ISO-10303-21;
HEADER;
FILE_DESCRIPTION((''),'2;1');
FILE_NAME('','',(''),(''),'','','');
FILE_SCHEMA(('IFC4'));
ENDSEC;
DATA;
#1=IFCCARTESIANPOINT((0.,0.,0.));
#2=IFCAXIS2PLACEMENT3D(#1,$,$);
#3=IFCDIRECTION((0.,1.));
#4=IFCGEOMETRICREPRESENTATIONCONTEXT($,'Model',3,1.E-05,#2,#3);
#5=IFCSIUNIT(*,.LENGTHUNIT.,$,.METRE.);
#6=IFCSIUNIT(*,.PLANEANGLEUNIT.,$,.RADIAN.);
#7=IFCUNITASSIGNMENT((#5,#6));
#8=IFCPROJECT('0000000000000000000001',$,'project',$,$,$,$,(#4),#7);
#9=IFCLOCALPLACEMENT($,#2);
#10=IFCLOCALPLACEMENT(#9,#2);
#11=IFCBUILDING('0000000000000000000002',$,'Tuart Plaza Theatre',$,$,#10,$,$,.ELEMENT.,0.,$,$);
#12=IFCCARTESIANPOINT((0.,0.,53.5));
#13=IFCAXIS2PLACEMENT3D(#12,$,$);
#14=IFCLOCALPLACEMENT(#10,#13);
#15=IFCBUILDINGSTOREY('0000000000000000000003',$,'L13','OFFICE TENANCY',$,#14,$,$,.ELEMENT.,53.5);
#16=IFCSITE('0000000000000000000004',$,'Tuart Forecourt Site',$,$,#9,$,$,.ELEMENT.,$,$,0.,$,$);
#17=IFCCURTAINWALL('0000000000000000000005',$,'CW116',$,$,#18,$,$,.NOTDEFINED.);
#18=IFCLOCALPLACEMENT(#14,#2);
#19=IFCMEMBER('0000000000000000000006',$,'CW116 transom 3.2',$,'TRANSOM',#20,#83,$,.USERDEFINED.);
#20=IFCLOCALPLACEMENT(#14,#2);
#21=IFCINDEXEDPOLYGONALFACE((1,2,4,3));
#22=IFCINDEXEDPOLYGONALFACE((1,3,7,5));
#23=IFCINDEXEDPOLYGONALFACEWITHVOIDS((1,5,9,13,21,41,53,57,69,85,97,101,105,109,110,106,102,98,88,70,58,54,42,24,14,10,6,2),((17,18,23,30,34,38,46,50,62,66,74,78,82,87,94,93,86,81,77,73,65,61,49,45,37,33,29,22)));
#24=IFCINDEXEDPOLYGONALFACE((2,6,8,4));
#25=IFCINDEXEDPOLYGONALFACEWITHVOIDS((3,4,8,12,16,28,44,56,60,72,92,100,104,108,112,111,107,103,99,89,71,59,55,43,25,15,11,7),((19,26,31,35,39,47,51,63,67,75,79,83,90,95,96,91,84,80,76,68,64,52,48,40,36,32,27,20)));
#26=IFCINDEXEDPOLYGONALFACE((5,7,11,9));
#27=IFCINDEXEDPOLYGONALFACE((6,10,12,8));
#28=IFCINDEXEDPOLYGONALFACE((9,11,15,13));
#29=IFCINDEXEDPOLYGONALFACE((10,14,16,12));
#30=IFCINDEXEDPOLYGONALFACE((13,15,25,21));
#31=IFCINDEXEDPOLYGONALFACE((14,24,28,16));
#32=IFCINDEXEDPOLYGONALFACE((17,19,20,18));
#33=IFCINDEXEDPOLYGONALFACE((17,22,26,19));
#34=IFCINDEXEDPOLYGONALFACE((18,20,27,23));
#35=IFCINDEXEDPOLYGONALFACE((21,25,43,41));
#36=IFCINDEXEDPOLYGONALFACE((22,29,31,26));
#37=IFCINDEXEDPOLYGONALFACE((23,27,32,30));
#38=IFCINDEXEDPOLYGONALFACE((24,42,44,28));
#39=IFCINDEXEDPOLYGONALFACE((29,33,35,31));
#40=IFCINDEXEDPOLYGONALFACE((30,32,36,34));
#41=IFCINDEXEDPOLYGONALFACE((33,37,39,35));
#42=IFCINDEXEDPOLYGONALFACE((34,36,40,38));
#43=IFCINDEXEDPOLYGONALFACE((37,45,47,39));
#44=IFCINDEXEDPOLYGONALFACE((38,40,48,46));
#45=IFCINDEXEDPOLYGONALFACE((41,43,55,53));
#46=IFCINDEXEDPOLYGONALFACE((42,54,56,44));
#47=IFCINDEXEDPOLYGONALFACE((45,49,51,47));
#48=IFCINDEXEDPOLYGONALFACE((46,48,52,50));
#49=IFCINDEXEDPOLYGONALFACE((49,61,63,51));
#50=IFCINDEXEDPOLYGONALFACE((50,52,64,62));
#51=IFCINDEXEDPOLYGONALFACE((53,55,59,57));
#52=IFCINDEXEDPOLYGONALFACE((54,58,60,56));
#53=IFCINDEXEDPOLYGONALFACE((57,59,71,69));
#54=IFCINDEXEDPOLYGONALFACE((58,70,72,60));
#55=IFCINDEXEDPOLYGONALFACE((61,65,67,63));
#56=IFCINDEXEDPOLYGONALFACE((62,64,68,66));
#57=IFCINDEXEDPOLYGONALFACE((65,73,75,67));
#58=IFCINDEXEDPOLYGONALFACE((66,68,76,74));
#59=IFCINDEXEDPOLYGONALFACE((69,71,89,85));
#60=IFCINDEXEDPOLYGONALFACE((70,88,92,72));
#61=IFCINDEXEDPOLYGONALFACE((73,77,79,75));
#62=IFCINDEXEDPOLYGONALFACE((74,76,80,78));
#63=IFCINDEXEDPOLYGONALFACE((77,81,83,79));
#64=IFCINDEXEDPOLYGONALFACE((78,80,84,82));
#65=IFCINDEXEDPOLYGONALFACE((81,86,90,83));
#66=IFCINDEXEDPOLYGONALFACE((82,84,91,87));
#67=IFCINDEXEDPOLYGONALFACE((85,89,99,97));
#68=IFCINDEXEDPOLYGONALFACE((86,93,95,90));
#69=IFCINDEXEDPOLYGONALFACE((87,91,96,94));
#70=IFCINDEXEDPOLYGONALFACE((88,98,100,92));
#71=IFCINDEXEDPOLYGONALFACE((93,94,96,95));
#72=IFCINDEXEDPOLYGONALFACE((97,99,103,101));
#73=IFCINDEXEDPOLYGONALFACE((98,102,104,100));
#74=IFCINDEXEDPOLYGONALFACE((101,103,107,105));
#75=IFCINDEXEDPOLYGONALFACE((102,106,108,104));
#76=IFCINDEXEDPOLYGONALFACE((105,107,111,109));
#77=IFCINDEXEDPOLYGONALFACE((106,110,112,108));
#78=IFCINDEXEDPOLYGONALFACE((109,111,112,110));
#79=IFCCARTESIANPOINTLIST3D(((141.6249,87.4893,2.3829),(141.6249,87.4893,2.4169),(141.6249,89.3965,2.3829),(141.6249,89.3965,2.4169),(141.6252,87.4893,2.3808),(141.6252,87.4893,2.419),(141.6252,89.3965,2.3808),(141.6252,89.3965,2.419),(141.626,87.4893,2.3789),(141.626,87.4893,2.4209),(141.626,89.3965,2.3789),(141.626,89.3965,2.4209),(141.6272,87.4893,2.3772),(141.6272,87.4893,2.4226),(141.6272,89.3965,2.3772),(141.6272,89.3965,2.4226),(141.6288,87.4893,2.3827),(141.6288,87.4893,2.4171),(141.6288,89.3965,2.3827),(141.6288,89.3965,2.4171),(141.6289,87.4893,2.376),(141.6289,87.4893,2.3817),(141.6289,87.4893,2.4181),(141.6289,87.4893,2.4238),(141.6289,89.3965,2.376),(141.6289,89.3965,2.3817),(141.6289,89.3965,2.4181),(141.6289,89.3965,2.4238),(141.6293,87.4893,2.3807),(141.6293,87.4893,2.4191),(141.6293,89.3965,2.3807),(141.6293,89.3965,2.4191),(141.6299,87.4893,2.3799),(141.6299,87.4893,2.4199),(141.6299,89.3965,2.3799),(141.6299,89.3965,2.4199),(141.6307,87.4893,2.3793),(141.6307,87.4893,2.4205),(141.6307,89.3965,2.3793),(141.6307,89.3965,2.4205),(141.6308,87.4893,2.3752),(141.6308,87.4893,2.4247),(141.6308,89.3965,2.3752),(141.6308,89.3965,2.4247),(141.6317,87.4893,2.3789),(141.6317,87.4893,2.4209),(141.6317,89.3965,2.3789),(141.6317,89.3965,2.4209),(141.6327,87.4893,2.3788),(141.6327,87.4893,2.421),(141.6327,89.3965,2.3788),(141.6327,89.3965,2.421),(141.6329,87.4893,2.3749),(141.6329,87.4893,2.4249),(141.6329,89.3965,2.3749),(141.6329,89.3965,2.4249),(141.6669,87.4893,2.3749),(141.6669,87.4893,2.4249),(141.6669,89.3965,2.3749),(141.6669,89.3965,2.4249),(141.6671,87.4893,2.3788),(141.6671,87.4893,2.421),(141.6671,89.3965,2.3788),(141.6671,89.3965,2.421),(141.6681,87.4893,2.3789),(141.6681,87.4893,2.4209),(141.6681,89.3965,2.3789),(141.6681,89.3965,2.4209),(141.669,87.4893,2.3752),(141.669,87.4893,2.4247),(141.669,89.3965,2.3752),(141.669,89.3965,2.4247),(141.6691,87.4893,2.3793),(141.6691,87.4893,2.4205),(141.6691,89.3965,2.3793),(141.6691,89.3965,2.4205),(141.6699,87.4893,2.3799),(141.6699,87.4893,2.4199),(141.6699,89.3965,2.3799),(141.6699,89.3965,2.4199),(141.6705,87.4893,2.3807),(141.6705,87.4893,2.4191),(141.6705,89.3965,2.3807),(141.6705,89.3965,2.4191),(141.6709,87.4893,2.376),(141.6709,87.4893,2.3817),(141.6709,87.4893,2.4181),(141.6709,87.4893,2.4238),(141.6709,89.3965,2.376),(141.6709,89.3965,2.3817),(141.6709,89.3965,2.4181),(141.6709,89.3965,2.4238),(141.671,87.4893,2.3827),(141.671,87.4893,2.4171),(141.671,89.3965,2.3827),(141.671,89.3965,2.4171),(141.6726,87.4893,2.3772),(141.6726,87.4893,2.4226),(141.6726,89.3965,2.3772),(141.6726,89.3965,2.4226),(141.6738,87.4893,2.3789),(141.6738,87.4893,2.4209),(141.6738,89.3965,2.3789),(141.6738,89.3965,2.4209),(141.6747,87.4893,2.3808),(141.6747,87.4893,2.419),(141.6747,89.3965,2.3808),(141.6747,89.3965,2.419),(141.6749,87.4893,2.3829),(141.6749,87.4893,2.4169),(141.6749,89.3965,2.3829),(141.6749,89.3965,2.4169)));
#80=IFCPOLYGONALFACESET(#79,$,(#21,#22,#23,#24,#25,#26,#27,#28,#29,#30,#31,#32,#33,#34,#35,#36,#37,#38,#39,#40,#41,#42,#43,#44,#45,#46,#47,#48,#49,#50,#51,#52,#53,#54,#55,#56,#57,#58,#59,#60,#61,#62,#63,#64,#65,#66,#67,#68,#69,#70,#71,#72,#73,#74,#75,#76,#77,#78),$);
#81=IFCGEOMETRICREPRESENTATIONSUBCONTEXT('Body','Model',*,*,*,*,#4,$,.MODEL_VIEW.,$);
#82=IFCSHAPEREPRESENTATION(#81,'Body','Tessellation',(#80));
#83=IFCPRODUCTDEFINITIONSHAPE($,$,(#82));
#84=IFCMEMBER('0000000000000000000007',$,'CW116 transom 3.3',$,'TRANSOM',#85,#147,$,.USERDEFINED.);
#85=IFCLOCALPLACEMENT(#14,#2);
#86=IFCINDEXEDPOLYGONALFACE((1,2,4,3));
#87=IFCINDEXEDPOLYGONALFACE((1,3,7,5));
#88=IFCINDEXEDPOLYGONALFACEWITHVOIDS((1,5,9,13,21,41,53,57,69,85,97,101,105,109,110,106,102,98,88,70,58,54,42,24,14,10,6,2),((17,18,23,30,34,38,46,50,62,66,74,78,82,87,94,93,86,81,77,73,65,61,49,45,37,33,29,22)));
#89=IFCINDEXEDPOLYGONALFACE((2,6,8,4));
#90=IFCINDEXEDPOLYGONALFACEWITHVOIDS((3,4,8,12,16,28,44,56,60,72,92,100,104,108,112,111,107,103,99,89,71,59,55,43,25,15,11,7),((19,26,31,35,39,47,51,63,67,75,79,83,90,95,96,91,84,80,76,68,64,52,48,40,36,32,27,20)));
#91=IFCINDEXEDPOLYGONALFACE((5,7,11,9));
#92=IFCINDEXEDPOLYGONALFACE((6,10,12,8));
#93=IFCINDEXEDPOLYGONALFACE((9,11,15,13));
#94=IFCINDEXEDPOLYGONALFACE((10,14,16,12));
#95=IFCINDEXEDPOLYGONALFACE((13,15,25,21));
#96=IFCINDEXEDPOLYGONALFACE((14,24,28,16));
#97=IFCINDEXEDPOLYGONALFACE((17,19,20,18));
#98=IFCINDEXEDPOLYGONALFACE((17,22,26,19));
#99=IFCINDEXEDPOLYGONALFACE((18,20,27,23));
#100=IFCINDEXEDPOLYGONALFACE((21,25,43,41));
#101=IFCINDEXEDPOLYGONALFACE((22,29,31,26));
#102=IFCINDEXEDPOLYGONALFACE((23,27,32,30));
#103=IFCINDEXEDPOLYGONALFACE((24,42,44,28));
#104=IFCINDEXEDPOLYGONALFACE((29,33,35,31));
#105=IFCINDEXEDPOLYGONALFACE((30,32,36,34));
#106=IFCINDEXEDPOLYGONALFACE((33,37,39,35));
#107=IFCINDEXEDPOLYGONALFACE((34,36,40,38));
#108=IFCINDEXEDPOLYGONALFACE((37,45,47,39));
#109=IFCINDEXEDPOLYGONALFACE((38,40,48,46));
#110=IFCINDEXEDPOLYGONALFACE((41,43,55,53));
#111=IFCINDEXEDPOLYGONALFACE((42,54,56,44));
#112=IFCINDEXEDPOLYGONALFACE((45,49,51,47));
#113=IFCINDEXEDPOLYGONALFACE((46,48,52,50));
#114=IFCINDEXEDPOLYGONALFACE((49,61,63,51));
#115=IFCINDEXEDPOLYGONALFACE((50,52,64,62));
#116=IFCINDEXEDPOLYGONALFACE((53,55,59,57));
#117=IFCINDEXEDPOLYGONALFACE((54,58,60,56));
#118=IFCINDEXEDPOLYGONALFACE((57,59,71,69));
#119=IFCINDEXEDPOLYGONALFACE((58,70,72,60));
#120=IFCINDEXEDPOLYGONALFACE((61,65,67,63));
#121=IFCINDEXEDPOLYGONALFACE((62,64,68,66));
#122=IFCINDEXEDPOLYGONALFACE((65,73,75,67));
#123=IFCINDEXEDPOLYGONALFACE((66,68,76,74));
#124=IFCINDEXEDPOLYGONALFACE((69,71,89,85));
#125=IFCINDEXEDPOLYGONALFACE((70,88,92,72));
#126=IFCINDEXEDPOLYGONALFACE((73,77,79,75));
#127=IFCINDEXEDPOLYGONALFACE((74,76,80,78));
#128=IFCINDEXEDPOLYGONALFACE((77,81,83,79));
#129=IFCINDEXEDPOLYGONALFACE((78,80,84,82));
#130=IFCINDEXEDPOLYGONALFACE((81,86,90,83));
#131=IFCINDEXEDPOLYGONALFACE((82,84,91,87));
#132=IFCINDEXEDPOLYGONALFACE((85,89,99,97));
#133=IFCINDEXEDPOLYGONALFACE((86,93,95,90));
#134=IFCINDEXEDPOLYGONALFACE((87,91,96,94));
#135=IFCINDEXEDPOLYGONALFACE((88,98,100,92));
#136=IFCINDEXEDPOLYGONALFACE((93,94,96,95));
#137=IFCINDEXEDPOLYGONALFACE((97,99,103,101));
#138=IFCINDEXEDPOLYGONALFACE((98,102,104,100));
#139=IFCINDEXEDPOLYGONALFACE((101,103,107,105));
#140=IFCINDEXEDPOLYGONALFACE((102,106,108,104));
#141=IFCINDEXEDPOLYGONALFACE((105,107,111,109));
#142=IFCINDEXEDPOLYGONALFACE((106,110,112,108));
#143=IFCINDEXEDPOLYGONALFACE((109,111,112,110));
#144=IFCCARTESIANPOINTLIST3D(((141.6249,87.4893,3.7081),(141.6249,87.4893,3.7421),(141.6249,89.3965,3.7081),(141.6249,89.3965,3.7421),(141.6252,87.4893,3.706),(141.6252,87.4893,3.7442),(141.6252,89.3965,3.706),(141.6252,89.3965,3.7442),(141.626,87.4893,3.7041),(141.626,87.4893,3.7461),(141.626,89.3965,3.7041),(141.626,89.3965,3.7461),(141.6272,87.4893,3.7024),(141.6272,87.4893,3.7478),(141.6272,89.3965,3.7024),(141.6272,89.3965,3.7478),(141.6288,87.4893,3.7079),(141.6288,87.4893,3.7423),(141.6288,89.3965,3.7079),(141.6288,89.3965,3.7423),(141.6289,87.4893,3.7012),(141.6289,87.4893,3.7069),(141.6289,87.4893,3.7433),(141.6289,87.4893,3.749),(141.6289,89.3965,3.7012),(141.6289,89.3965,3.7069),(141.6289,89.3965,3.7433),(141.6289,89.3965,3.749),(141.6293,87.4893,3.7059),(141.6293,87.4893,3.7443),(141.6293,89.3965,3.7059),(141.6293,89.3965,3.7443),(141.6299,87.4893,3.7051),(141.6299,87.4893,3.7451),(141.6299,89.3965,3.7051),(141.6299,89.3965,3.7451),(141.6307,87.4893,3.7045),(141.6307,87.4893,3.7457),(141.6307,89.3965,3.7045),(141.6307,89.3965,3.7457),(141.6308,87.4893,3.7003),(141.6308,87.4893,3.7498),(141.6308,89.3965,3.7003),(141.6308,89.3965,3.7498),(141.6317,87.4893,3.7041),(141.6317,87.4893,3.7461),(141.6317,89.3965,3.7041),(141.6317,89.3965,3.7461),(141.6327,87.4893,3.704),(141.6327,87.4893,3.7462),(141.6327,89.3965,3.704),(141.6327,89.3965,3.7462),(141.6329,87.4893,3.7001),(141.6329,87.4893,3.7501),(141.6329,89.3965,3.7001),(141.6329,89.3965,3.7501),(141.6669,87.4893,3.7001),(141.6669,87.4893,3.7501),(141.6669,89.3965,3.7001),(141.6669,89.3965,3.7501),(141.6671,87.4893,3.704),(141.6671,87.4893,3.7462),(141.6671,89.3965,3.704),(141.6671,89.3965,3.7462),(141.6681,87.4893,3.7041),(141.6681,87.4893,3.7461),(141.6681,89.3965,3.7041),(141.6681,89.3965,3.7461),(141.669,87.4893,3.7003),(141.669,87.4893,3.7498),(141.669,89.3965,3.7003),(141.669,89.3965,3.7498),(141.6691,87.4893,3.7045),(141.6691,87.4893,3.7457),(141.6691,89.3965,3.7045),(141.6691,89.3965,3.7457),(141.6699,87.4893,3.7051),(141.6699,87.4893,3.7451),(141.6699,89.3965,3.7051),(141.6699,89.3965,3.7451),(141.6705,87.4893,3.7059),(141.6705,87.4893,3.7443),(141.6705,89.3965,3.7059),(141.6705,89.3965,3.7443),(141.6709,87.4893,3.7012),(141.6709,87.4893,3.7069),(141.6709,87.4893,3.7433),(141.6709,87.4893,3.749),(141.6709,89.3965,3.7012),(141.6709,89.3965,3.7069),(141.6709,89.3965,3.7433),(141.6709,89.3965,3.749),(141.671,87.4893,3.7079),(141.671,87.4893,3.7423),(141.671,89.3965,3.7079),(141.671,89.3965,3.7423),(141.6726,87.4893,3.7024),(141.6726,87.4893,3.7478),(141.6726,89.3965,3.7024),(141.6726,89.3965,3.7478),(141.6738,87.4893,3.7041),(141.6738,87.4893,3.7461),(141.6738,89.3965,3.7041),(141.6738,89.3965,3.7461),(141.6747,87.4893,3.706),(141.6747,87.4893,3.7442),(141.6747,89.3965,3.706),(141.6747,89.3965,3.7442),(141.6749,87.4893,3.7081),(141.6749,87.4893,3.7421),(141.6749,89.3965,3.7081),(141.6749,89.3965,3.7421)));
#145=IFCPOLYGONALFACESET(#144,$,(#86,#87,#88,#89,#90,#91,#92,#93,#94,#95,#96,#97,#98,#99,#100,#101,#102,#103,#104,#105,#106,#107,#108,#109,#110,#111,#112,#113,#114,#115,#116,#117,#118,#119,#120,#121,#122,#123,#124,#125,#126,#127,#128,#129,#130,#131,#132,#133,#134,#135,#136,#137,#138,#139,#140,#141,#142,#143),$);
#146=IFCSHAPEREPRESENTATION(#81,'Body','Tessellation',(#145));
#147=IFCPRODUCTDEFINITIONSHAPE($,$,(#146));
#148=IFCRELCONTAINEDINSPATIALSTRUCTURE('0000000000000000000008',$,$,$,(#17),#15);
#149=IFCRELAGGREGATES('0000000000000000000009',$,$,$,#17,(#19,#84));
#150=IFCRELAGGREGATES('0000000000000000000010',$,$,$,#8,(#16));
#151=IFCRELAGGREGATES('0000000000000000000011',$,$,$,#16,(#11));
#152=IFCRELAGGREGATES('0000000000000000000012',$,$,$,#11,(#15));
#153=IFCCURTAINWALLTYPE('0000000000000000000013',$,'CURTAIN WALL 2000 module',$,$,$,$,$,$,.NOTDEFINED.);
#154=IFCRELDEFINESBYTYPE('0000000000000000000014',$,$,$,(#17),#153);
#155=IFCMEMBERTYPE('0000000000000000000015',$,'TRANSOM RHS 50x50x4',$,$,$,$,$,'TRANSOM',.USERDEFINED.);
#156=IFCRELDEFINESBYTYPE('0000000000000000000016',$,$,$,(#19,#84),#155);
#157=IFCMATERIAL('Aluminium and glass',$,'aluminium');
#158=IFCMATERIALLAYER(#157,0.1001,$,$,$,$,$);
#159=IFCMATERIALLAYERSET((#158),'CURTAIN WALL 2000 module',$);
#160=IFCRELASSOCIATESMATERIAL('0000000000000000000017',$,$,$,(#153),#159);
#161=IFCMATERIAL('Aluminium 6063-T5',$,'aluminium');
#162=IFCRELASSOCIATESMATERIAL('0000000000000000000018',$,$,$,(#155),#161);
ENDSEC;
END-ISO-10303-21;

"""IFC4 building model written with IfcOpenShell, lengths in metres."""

from ifc_helpers import new_model, si_unit, direction, frame, origin, origin_2d, place, context, subcontext, project, spatial, hollow_rectangle, extrude, material, layer, layer_set, material_profile, profile_set, type_object, element, aggregate, save


model = new_model("IFC4")

# Units and contexts
model_context = context("Model", 3, precision=1e-05, world=origin(), true_north=direction((0.0, 1.0)))
body_context = subcontext(model_context, "Body", "Model", "MODEL_VIEW")
ifc_project = project(units=[si_unit("LENGTHUNIT", "METRE"), si_unit("PLANEANGLEUNIT", "RADIAN")], contexts=[model_context])

# Site, building, storey
site_placement = place(None, origin())
site = spatial("IfcSite", under=ifc_project, at=site_placement, Name="Tuart Forecourt Site", CompositionType="ELEMENT", RefElevation=0.0)
building_placement = place(site_placement, origin())
building = spatial("IfcBuilding", under=site, at=building_placement, Name="Tuart Plaza Theatre", CompositionType="ELEMENT", ElevationOfRefHeight=0.0)
storey_placement = place(building_placement, frame((0.0, 0.0, 53.5)))
storey = spatial("IfcBuildingStorey", under=building, at=storey_placement, Name="L13", Description="OFFICE TENANCY", CompositionType="ELEMENT", Elevation=53.5)

# Curtain wall, members
ifc_material_1 = material(Name="Aluminium and glass", Category="aluminium")
ifc_layer_1 = layer(ifc_material_1, 0.1001)
ifc_layer_set_1 = layer_set([ifc_layer_1], Name="CURTAIN WALL 2000 module")
curtain_wall_type = type_object("IfcCurtainWallType", Name="CURTAIN WALL 2000 module", PredefinedType="NOTDEFINED", material=ifc_layer_set_1)
curtain_wall_placement = place(storey_placement, origin())
curtain_wall = element("IfcCurtainWall", 1, at=curtain_wall_placement, inside=storey, type_object=curtain_wall_type, Name="CW116", PredefinedType="NOTDEFINED")
ifc_material_2 = material(Name="Aluminium 6063-T5", Category="aluminium")
ifc_material_profile_1 = material_profile(ifc_material_2, hollow_rectangle(XDim=0.05, YDim=0.05, WallThickness=0.0039, InnerFilletRadius=0.0039, OuterFilletRadius=0.0081, at=origin_2d()), Name="RHS 50x50x4")
ifc_profile_set_1 = profile_set([ifc_material_profile_1], Name="Aluminium 6063-T5")
member_type_1 = type_object("IfcMemberType", Name="TRANSOM RHS 50x50x4", ElementType="TRANSOM", PredefinedType="USERDEFINED", material=ifc_profile_set_1)
member_1_placement = place(storey_placement, frame((141.6499, 87.4893, 2.3999), z_axis=(0.0, 1.0, 0.0), x_axis=(-1.0, 0.0, 0.0)))
member_1 = element("IfcMember", 2, at=member_1_placement, type_object=member_type_1, Name="CW116 transom 3.2", ObjectType="TRANSOM", PredefinedType="USERDEFINED", context=body_context, shape_type="SweptSolid", body=[
    extrude(hollow_rectangle(XDim=0.05, YDim=0.05, WallThickness=0.0039, InnerFilletRadius=0.0039, OuterFilletRadius=0.0081, at=origin_2d()), origin(), (0.0, 0.0, 1.0), 1.9072),
])
member_2_placement = place(storey_placement, frame((141.6499, 87.4893, 3.7251), z_axis=(0.0, 1.0, 0.0), x_axis=(-1.0, 0.0, 0.0)))
member_2 = element("IfcMember", 3, at=member_2_placement, type_object=member_type_1, Name="CW116 transom 3.3", ObjectType="TRANSOM", PredefinedType="USERDEFINED", context=body_context, shape_type="SweptSolid", body=[
    extrude(hollow_rectangle(XDim=0.05, YDim=0.05, WallThickness=0.0039, InnerFilletRadius=0.0039, OuterFilletRadius=0.0081, at=origin_2d()), origin(), (0.0, 0.0, 1.0), 1.9072),
])
aggregate(curtain_wall, [member_1, member_2])

save(model, "model.ifc")
